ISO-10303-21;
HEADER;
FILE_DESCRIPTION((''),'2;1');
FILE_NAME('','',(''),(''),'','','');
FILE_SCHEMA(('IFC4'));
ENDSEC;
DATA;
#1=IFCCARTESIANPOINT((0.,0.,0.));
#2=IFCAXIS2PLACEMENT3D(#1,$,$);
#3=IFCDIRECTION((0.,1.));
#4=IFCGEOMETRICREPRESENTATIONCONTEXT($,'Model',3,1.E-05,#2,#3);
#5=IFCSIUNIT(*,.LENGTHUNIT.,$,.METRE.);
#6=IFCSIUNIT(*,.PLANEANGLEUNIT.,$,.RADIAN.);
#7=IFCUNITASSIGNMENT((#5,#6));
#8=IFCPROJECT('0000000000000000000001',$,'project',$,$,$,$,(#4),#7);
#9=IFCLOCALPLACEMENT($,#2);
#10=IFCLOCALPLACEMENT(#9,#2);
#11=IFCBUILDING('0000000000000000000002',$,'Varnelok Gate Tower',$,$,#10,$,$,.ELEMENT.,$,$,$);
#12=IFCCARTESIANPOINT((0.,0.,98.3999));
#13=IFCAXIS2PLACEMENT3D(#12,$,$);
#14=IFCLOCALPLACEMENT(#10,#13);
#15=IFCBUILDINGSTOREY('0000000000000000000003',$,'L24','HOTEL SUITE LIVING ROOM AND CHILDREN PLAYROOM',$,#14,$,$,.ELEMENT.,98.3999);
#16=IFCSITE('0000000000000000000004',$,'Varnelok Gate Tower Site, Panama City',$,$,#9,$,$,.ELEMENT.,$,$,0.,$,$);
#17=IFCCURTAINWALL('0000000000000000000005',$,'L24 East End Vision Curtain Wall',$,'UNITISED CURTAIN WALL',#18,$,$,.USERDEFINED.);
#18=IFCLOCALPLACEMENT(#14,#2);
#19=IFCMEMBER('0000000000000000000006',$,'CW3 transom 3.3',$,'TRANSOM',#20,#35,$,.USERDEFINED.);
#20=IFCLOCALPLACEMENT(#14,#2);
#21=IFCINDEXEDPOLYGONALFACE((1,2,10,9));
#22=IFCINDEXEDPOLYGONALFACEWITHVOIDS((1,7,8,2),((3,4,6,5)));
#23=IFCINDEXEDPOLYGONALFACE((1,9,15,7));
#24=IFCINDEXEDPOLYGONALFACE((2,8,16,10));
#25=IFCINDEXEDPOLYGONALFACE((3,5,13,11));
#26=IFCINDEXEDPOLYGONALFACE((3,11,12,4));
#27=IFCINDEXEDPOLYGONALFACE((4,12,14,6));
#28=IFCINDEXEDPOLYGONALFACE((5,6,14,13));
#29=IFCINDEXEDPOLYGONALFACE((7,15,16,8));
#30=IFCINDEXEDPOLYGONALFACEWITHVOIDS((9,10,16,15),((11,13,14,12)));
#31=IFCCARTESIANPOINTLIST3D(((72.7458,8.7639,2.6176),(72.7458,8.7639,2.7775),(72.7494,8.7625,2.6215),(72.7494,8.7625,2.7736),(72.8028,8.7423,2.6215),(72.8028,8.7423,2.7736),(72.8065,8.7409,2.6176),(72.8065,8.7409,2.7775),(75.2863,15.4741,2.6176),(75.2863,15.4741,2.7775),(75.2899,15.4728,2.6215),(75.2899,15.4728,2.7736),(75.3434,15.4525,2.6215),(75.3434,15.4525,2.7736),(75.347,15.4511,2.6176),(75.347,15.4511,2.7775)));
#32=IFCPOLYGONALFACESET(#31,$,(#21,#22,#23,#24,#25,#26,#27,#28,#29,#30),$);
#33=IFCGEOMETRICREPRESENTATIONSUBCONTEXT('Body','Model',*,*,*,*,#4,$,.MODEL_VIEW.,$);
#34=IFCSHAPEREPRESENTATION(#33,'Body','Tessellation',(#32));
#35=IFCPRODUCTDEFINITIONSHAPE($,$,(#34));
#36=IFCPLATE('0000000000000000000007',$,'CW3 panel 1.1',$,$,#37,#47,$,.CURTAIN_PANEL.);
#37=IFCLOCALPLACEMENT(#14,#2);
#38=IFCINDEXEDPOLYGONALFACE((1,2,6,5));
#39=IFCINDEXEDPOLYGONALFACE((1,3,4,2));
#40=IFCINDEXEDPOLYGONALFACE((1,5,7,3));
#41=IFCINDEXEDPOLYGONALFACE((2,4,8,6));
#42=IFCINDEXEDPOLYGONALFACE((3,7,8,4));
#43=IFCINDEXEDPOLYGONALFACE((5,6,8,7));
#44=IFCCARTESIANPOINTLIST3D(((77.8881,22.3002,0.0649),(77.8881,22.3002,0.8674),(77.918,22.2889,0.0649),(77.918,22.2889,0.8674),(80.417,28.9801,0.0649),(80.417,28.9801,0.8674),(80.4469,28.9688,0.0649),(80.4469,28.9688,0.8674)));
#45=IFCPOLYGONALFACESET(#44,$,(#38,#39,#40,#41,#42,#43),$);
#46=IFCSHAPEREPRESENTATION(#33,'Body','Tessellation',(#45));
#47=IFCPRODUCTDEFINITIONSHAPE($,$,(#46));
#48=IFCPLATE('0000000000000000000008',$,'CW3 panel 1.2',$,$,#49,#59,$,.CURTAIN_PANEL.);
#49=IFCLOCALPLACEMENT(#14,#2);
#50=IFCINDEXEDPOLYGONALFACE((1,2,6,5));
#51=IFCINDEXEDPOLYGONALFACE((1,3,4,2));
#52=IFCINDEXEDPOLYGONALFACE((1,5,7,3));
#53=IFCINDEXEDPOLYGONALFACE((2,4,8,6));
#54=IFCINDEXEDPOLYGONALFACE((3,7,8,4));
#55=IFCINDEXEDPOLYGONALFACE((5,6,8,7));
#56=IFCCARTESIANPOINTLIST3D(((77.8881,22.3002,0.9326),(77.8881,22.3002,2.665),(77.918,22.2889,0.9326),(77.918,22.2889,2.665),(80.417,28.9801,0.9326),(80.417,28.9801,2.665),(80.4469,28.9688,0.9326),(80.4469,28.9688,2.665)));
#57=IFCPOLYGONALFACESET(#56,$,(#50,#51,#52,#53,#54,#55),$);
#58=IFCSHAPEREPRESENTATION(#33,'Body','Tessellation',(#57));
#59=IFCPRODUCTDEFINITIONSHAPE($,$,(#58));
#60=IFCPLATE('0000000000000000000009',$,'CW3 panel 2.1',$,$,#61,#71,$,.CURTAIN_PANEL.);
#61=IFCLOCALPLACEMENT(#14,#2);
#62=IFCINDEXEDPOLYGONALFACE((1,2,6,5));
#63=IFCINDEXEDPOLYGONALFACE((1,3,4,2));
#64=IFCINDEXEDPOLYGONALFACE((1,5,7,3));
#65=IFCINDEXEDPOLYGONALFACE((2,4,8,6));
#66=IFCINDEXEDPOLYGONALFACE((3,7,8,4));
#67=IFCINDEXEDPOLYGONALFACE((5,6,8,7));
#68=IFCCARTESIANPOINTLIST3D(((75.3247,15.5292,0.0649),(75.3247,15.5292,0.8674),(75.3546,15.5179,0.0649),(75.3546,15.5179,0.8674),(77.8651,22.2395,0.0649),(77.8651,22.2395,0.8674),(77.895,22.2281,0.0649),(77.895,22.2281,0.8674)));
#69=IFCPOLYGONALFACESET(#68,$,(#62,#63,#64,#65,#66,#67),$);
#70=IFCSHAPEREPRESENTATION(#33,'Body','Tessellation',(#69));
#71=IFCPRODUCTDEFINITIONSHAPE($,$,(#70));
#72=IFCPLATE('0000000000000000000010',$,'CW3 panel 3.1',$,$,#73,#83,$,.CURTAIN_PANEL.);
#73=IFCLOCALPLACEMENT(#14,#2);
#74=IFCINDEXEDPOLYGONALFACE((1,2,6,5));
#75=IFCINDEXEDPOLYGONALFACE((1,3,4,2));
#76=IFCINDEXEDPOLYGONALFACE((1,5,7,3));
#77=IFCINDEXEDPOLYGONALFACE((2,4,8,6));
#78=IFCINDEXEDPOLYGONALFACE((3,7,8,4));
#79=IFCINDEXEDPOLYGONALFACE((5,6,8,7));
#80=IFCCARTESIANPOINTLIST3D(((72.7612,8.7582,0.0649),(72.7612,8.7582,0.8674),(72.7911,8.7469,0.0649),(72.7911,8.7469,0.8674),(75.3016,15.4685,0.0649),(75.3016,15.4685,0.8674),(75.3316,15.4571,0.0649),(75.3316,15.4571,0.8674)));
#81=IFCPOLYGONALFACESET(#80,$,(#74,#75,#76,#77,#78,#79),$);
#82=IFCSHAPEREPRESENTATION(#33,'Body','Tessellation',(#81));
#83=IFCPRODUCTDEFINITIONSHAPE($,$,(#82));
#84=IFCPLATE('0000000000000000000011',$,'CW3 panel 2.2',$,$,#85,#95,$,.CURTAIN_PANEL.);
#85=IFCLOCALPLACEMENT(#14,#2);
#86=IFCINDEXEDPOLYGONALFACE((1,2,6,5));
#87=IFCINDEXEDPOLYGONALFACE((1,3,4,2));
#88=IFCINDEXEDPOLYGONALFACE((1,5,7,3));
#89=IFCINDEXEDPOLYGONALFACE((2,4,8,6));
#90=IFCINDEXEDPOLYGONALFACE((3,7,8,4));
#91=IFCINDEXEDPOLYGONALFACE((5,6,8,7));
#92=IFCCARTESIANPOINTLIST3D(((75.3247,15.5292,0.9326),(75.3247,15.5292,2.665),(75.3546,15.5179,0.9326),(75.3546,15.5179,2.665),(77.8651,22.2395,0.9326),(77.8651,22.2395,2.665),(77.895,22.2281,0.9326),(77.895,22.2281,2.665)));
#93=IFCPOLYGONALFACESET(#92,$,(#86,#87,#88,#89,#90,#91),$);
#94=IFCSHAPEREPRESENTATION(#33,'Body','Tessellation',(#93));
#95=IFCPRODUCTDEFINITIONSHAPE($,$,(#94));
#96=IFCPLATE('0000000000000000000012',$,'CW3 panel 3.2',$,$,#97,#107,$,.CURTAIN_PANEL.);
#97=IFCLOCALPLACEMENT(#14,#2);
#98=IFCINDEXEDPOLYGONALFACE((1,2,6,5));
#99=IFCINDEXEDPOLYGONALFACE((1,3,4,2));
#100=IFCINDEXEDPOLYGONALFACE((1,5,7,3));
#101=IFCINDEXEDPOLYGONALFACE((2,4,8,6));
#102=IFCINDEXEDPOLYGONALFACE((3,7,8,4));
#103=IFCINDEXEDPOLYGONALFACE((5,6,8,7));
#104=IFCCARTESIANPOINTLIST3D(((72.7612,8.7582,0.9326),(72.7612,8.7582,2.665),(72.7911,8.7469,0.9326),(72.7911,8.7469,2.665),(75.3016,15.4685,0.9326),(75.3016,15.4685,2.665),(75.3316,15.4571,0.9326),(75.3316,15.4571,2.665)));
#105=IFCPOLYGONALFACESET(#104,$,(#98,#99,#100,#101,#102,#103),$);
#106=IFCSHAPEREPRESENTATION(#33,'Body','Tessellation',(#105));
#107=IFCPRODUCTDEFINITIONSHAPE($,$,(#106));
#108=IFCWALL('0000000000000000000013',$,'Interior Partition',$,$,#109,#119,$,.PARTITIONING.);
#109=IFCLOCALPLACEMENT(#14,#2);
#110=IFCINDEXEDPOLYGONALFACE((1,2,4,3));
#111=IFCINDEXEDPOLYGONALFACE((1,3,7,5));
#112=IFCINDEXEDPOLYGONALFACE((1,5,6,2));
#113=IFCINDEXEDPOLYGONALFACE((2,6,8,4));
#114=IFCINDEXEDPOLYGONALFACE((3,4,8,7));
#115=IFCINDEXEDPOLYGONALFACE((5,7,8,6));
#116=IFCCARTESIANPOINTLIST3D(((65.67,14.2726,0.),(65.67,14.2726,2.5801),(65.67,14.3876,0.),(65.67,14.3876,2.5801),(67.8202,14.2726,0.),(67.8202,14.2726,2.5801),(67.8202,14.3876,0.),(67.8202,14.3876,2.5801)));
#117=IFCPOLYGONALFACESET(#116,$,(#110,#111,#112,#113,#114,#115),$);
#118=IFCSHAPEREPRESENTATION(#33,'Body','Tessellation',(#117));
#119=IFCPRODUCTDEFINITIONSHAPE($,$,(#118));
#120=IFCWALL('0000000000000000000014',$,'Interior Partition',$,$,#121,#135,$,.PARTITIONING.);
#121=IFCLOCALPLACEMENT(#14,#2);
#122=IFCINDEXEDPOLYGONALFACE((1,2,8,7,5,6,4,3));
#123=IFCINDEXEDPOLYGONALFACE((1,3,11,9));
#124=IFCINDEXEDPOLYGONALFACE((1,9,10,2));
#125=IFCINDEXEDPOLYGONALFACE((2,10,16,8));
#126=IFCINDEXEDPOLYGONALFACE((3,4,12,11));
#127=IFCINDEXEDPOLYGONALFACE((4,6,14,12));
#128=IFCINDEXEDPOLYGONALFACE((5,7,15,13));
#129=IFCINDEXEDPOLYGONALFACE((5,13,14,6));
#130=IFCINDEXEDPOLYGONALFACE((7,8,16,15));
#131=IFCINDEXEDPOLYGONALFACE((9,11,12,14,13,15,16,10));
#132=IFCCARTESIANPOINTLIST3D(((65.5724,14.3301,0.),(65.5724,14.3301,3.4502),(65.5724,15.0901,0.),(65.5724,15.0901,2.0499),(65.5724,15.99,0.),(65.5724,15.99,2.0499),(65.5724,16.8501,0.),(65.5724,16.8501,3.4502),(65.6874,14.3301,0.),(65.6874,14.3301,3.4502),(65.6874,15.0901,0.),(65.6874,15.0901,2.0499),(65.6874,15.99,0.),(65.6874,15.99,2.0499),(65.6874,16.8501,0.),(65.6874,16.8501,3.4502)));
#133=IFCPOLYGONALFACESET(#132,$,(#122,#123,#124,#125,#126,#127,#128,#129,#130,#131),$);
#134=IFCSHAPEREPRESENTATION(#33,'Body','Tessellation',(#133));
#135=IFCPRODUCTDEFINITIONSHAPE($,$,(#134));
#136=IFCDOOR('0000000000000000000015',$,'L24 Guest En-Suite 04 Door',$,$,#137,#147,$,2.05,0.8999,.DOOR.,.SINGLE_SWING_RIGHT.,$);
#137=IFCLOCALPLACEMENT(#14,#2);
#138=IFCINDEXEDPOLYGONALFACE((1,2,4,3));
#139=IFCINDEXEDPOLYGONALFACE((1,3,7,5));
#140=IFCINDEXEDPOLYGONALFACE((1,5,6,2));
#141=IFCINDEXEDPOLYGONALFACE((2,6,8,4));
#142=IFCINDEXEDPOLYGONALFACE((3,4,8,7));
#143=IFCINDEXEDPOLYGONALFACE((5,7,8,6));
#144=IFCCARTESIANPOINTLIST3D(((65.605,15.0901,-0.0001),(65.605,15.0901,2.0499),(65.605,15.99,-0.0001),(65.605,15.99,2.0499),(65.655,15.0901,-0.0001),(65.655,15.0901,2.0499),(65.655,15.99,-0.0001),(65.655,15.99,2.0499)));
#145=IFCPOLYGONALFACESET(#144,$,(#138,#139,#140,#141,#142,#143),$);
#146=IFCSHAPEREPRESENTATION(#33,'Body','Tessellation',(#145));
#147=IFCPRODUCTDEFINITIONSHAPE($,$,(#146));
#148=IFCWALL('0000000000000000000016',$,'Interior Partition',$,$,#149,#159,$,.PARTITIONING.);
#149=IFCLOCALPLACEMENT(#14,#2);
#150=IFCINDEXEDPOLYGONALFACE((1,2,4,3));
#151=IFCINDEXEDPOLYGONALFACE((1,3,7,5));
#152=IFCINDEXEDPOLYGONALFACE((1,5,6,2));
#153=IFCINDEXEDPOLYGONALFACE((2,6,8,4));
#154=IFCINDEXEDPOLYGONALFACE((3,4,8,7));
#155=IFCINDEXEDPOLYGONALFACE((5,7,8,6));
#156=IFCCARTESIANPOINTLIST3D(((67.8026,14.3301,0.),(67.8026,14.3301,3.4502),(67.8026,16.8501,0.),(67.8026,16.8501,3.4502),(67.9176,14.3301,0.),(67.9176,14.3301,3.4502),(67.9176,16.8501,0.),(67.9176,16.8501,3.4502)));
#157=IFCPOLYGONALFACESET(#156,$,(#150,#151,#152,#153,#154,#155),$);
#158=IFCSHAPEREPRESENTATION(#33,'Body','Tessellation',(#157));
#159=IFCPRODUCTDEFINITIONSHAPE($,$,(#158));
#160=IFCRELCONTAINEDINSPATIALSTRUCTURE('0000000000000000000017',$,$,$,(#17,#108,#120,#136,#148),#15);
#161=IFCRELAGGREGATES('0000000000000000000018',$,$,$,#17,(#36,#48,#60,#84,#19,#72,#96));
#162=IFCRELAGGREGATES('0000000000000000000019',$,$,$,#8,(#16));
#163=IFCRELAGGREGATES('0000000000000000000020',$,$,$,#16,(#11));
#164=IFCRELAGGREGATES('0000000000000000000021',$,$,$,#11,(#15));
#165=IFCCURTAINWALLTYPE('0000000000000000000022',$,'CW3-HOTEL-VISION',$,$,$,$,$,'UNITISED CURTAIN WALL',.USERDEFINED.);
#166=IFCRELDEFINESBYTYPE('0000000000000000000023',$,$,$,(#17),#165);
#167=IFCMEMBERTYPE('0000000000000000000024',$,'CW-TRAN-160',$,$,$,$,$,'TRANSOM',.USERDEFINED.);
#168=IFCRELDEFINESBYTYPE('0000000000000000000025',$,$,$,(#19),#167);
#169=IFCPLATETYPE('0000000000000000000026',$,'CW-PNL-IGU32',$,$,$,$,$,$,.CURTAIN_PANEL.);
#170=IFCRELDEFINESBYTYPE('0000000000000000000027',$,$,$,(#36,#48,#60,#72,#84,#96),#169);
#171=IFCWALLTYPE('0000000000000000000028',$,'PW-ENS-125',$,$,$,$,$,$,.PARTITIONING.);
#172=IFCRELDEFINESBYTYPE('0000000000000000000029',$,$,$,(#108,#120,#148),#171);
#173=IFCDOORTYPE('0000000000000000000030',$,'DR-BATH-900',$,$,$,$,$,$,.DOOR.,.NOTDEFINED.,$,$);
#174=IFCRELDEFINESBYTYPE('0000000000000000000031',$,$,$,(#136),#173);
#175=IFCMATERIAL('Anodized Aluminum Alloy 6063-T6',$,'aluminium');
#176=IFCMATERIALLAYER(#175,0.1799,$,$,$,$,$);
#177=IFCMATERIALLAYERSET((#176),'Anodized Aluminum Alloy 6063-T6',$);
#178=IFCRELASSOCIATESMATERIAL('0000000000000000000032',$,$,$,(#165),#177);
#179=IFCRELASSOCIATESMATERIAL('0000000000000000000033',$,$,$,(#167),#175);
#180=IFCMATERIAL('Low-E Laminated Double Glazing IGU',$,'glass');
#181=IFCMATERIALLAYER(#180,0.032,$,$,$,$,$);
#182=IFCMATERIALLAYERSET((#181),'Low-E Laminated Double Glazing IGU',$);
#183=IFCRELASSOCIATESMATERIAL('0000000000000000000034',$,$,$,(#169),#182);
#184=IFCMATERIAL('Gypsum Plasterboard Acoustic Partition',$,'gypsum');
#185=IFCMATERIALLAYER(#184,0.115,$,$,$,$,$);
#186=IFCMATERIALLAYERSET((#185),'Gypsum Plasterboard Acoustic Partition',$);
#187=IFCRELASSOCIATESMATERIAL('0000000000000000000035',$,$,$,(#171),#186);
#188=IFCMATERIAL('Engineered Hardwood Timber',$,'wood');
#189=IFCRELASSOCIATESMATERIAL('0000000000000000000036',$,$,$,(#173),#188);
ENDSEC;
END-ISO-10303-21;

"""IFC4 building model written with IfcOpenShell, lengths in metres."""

from ifc_helpers import new_model, si_unit, direction, frame, frame_2d, origin, origin_2d, place, context, subcontext, project, spatial, rectangle, hollow_rectangle, extrude, source, transform, mapped, material, layer, layer_set, material_profile, profile_set, type_object, element, fill, aggregate, save


model = new_model("IFC4")

# Units and contexts
model_context = context("Model", 3, precision=1e-05, world=origin(), true_north=direction((0.0, 1.0)))
body_context = subcontext(model_context, "Body", "Model", "MODEL_VIEW")
ifc_project = project(units=[si_unit("LENGTHUNIT", "METRE"), si_unit("PLANEANGLEUNIT", "RADIAN")], contexts=[model_context])

# Site, building, storey
site_placement = place(None, origin())
site = spatial("IfcSite", under=ifc_project, at=site_placement, Name="Varnelok Gate Tower Site, Panama City", CompositionType="ELEMENT", RefElevation=0.0)
building_placement = place(site_placement, origin())
building = spatial("IfcBuilding", under=site, at=building_placement, Name="Varnelok Gate Tower", CompositionType="ELEMENT")
storey_placement = place(building_placement, frame((0.0, 0.0, 98.3999)))
storey = spatial("IfcBuildingStorey", under=building, at=storey_placement, Name="L24", Description="HOTEL SUITE LIVING ROOM AND CHILDREN PLAYROOM", CompositionType="ELEMENT", Elevation=98.3999)

# Curtain wall, member, plates
ifc_material_1 = material(Name="Anodized Aluminum Alloy 6063-T6", Category="aluminium")
ifc_layer_1 = layer(ifc_material_1, 0.1799)
ifc_layer_set_1 = layer_set([ifc_layer_1], Name="Anodized Aluminum Alloy 6063-T6")
curtain_wall_type = type_object("IfcCurtainWallType", Name="CW3-HOTEL-VISION", ElementType="UNITISED CURTAIN WALL", PredefinedType="USERDEFINED", material=ifc_layer_set_1)
curtain_wall_placement = place(storey_placement, origin())
curtain_wall = element("IfcCurtainWall", 1, at=curtain_wall_placement, inside=storey, type_object=curtain_wall_type, Name="L24 East End Vision Curtain Wall", ObjectType="UNITISED CURTAIN WALL", PredefinedType="USERDEFINED")
ifc_material_profile_1 = material_profile(ifc_material_1, hollow_rectangle(XDim=0.0649, YDim=0.1599, WallThickness=0.0039, at=origin_2d()), Name="ALU160X65X4")
ifc_profile_set_1 = profile_set([ifc_material_profile_1], Name="Anodized Aluminum Alloy 6063-T6")
member_type_1 = type_object("IfcMemberType", Name="CW-TRAN-160", ElementType="TRANSOM", PredefinedType="USERDEFINED", material=ifc_profile_set_1)
member_1_placement = place(storey_placement, frame((75.3167, 15.4626, 2.6975), z_axis=(-0.354079, -0.935216, 0.0), x_axis=(0.935216, -0.354079, 0.0)))
member_1 = element("IfcMember", 2, at=member_1_placement, type_object=member_type_1, Name="CW3 transom 3.3", ObjectType="TRANSOM", PredefinedType="USERDEFINED", context=body_context, shape_type="SweptSolid", body=[
    extrude(hollow_rectangle(XDim=0.0649, YDim=0.1599, WallThickness=0.0039, at=origin_2d()), origin(), (0.0, 0.0, 1.0), 7.175),
])
ifc_material_2 = material(Name="Low-E Laminated Double Glazing IGU", Category="glass")
ifc_layer_2 = layer(ifc_material_2, 0.032)
ifc_layer_set_2 = layer_set([ifc_layer_2], Name="Low-E Laminated Double Glazing IGU")
plate_type = type_object("IfcPlateType", Name="CW-PNL-IGU32", PredefinedType="CURTAIN_PANEL", material=ifc_layer_set_2)
shared_shape_1 = source(origin(), body_context, "Body", "SweptSolid", [
    extrude(rectangle(XDim=7.1426, YDim=0.032, at=origin_2d()), origin(), (0.0, 0.0, 1.0), 0.8025),
])
plate_1_placement = place(storey_placement, frame((79.1675, 25.6345, 0.0649), z_axis=(0.0, 0.0, 1.0), x_axis=(-0.354064, -0.935221, 0.0)))
plate_1 = element("IfcPlate", 3, at=plate_1_placement, type_object=plate_type, Name="CW3 panel 1.1", PredefinedType="CURTAIN_PANEL", context=body_context, shape_type="MappedRepresentation", body=[
    mapped(shared_shape_1, transform((0.0, 0.0, 0.0), scale=1.0)),
])
shared_shape_2 = source(origin(), body_context, "Body", "SweptSolid", [
    extrude(rectangle(XDim=7.1426, YDim=0.032, at=origin_2d()), origin(), (0.0, 0.0, 1.0), 1.7324),
])
plate_2_placement = place(storey_placement, frame((79.1675, 25.6345, 0.9326), z_axis=(0.0, 0.0, 1.0), x_axis=(-0.354064, -0.935221, 0.0)))
plate_2 = element("IfcPlate", 4, at=plate_2_placement, type_object=plate_type, Name="CW3 panel 1.2", PredefinedType="CURTAIN_PANEL", context=body_context, shape_type="MappedRepresentation", body=[
    mapped(shared_shape_2, transform((0.0, 0.0, 0.0), scale=1.0)),
])
shared_shape_3 = source(origin(), body_context, "Body", "SweptSolid", [
    extrude(rectangle(XDim=7.175, YDim=0.032, at=origin_2d()), origin(), (0.0, 0.0, 1.0), 0.8025),
])
plate_3_placement = place(storey_placement, frame((76.6099, 18.8787, 0.0649), z_axis=(0.0, 0.0, 1.0), x_axis=(-0.354064, -0.935221, 0.0)))
plate_3 = element("IfcPlate", 5, at=plate_3_placement, type_object=plate_type, Name="CW3 panel 2.1", PredefinedType="CURTAIN_PANEL", context=body_context, shape_type="MappedRepresentation", body=[
    mapped(shared_shape_3, transform((0.0, 0.0, 0.0), scale=1.0)),
])
plate_4_placement = place(storey_placement, frame((74.0464, 12.1077, 0.0649), z_axis=(0.0, 0.0, 1.0), x_axis=(-0.354064, -0.935221, 0.0)))
plate_4 = element("IfcPlate", 6, at=plate_4_placement, type_object=plate_type, Name="CW3 panel 3.1", PredefinedType="CURTAIN_PANEL", context=body_context, shape_type="MappedRepresentation", body=[
    mapped(shared_shape_3, transform((0.0, 0.0, 0.0), scale=1.0)),
])
shared_shape_4 = source(origin(), body_context, "Body", "SweptSolid", [
    extrude(rectangle(XDim=7.175, YDim=0.032, at=origin_2d()), origin(), (0.0, 0.0, 1.0), 1.7324),
])
plate_5_placement = place(storey_placement, frame((76.6099, 18.8787, 0.9326), z_axis=(0.0, 0.0, 1.0), x_axis=(-0.354064, -0.935221, 0.0)))
plate_5 = element("IfcPlate", 7, at=plate_5_placement, type_object=plate_type, Name="CW3 panel 2.2", PredefinedType="CURTAIN_PANEL", context=body_context, shape_type="MappedRepresentation", body=[
    mapped(shared_shape_4, transform((0.0, 0.0, 0.0), scale=1.0)),
])
plate_6_placement = place(storey_placement, frame((74.0464, 12.1077, 0.9326), z_axis=(0.0, 0.0, 1.0), x_axis=(-0.354064, -0.935221, 0.0)))
plate_6 = element("IfcPlate", 8, at=plate_6_placement, type_object=plate_type, Name="CW3 panel 3.2", PredefinedType="CURTAIN_PANEL", context=body_context, shape_type="MappedRepresentation", body=[
    mapped(shared_shape_4, transform((0.0, 0.0, 0.0), scale=1.0)),
])
aggregate(curtain_wall, [plate_1, plate_2, plate_3, plate_5, member_1, plate_4, plate_6])

# Wall
ifc_material_3 = material(Name="Gypsum Plasterboard Acoustic Partition", Category="gypsum")
ifc_layer_3 = layer(ifc_material_3, 0.115)
ifc_layer_set_3 = layer_set([ifc_layer_3], Name="Gypsum Plasterboard Acoustic Partition")
wall_type = type_object("IfcWallType", Name="PW-ENS-125", PredefinedType="PARTITIONING", material=ifc_layer_set_3)
wall_1_placement = place(storey_placement, frame((65.6699, 14.3301, 0.0), z_axis=(0.0, 0.0, 1.0), x_axis=(1.0, 0.0, 0.0)))
element("IfcWall", 9, at=wall_1_placement, inside=storey, type_object=wall_type, Name="Interior Partition", PredefinedType="PARTITIONING", context=body_context, shape_type="SweptSolid", body=[
    extrude(rectangle(XDim=2.1501, YDim=0.115, at=frame_2d((1.0752, 0.0))), origin(), (0.0, 0.0, 1.0), 2.5801),
])

# Wall, opening, door
wall_2_placement = place(storey_placement, frame((65.6299, 14.3301, 0.0), z_axis=(0.0, 0.0, 1.0), x_axis=(0.0, 1.0, 0.0)))
wall_2 = element("IfcWall", 10, at=wall_2_placement, inside=storey, type_object=wall_type, Name="Interior Partition", PredefinedType="PARTITIONING", context=body_context, shape_type="SweptSolid", body=[
    extrude(rectangle(XDim=2.52, YDim=0.115, at=frame_2d((1.26, 0.0))), origin(), (0.0, 0.0, 1.0), 3.4502),
])
opening_placement = place(wall_2_placement, frame((0.76, 0.0, 0.0)))
opening = element("IfcOpeningElement", 11, at=opening_placement, cuts=wall_2, PredefinedType="OPENING", context=body_context, shape_type="SweptSolid", body=[
    extrude(rectangle(XDim=0.8999, YDim=2.05, at=frame_2d((0.45, 1.0249))), frame((0.0, 0.0674, 0.0), z_axis=(0.0, -1.0, 0.0), x_axis=(1.0, 0.0, 0.0)), (0.0, 0.0, 1.0), 0.135),
])
ifc_material_4 = material(Name="Engineered Hardwood Timber", Category="wood")
door_type = type_object("IfcDoorType", Name="DR-BATH-900", OperationType="NOTDEFINED", PredefinedType="DOOR", material=ifc_material_4)
door_placement = place(opening_placement, origin())
door = element("IfcDoor", 12, at=door_placement, inside=storey, type_object=door_type, Name="L24 Guest En-Suite 04 Door", OperationType="SINGLE_SWING_RIGHT", OverallHeight=2.05, OverallWidth=0.8999, PredefinedType="DOOR", context=body_context, shape_type="SweptSolid", body=[
    extrude(rectangle(XDim=0.8999, YDim=2.05, at=frame_2d((0.45, 1.0249))), frame((0.0, 0.0249, 0.0), z_axis=(0.0, -1.0, 0.0), x_axis=(1.0, 0.0, 0.0)), (0.0, 0.0, 1.0), 0.05),
])
fill(opening, door)

# Wall
wall_3_placement = place(storey_placement, frame((67.8601, 14.3301, 0.0), z_axis=(0.0, 0.0, 1.0), x_axis=(0.0, 1.0, 0.0)))
element("IfcWall", 13, at=wall_3_placement, inside=storey, type_object=wall_type, Name="Interior Partition", PredefinedType="PARTITIONING", context=body_context, shape_type="SweptSolid", body=[
    extrude(rectangle(XDim=2.52, YDim=0.115, at=frame_2d((1.26, 0.0))), origin(), (0.0, 0.0, 1.0), 3.4502),
])

save(model, "model.ifc")
